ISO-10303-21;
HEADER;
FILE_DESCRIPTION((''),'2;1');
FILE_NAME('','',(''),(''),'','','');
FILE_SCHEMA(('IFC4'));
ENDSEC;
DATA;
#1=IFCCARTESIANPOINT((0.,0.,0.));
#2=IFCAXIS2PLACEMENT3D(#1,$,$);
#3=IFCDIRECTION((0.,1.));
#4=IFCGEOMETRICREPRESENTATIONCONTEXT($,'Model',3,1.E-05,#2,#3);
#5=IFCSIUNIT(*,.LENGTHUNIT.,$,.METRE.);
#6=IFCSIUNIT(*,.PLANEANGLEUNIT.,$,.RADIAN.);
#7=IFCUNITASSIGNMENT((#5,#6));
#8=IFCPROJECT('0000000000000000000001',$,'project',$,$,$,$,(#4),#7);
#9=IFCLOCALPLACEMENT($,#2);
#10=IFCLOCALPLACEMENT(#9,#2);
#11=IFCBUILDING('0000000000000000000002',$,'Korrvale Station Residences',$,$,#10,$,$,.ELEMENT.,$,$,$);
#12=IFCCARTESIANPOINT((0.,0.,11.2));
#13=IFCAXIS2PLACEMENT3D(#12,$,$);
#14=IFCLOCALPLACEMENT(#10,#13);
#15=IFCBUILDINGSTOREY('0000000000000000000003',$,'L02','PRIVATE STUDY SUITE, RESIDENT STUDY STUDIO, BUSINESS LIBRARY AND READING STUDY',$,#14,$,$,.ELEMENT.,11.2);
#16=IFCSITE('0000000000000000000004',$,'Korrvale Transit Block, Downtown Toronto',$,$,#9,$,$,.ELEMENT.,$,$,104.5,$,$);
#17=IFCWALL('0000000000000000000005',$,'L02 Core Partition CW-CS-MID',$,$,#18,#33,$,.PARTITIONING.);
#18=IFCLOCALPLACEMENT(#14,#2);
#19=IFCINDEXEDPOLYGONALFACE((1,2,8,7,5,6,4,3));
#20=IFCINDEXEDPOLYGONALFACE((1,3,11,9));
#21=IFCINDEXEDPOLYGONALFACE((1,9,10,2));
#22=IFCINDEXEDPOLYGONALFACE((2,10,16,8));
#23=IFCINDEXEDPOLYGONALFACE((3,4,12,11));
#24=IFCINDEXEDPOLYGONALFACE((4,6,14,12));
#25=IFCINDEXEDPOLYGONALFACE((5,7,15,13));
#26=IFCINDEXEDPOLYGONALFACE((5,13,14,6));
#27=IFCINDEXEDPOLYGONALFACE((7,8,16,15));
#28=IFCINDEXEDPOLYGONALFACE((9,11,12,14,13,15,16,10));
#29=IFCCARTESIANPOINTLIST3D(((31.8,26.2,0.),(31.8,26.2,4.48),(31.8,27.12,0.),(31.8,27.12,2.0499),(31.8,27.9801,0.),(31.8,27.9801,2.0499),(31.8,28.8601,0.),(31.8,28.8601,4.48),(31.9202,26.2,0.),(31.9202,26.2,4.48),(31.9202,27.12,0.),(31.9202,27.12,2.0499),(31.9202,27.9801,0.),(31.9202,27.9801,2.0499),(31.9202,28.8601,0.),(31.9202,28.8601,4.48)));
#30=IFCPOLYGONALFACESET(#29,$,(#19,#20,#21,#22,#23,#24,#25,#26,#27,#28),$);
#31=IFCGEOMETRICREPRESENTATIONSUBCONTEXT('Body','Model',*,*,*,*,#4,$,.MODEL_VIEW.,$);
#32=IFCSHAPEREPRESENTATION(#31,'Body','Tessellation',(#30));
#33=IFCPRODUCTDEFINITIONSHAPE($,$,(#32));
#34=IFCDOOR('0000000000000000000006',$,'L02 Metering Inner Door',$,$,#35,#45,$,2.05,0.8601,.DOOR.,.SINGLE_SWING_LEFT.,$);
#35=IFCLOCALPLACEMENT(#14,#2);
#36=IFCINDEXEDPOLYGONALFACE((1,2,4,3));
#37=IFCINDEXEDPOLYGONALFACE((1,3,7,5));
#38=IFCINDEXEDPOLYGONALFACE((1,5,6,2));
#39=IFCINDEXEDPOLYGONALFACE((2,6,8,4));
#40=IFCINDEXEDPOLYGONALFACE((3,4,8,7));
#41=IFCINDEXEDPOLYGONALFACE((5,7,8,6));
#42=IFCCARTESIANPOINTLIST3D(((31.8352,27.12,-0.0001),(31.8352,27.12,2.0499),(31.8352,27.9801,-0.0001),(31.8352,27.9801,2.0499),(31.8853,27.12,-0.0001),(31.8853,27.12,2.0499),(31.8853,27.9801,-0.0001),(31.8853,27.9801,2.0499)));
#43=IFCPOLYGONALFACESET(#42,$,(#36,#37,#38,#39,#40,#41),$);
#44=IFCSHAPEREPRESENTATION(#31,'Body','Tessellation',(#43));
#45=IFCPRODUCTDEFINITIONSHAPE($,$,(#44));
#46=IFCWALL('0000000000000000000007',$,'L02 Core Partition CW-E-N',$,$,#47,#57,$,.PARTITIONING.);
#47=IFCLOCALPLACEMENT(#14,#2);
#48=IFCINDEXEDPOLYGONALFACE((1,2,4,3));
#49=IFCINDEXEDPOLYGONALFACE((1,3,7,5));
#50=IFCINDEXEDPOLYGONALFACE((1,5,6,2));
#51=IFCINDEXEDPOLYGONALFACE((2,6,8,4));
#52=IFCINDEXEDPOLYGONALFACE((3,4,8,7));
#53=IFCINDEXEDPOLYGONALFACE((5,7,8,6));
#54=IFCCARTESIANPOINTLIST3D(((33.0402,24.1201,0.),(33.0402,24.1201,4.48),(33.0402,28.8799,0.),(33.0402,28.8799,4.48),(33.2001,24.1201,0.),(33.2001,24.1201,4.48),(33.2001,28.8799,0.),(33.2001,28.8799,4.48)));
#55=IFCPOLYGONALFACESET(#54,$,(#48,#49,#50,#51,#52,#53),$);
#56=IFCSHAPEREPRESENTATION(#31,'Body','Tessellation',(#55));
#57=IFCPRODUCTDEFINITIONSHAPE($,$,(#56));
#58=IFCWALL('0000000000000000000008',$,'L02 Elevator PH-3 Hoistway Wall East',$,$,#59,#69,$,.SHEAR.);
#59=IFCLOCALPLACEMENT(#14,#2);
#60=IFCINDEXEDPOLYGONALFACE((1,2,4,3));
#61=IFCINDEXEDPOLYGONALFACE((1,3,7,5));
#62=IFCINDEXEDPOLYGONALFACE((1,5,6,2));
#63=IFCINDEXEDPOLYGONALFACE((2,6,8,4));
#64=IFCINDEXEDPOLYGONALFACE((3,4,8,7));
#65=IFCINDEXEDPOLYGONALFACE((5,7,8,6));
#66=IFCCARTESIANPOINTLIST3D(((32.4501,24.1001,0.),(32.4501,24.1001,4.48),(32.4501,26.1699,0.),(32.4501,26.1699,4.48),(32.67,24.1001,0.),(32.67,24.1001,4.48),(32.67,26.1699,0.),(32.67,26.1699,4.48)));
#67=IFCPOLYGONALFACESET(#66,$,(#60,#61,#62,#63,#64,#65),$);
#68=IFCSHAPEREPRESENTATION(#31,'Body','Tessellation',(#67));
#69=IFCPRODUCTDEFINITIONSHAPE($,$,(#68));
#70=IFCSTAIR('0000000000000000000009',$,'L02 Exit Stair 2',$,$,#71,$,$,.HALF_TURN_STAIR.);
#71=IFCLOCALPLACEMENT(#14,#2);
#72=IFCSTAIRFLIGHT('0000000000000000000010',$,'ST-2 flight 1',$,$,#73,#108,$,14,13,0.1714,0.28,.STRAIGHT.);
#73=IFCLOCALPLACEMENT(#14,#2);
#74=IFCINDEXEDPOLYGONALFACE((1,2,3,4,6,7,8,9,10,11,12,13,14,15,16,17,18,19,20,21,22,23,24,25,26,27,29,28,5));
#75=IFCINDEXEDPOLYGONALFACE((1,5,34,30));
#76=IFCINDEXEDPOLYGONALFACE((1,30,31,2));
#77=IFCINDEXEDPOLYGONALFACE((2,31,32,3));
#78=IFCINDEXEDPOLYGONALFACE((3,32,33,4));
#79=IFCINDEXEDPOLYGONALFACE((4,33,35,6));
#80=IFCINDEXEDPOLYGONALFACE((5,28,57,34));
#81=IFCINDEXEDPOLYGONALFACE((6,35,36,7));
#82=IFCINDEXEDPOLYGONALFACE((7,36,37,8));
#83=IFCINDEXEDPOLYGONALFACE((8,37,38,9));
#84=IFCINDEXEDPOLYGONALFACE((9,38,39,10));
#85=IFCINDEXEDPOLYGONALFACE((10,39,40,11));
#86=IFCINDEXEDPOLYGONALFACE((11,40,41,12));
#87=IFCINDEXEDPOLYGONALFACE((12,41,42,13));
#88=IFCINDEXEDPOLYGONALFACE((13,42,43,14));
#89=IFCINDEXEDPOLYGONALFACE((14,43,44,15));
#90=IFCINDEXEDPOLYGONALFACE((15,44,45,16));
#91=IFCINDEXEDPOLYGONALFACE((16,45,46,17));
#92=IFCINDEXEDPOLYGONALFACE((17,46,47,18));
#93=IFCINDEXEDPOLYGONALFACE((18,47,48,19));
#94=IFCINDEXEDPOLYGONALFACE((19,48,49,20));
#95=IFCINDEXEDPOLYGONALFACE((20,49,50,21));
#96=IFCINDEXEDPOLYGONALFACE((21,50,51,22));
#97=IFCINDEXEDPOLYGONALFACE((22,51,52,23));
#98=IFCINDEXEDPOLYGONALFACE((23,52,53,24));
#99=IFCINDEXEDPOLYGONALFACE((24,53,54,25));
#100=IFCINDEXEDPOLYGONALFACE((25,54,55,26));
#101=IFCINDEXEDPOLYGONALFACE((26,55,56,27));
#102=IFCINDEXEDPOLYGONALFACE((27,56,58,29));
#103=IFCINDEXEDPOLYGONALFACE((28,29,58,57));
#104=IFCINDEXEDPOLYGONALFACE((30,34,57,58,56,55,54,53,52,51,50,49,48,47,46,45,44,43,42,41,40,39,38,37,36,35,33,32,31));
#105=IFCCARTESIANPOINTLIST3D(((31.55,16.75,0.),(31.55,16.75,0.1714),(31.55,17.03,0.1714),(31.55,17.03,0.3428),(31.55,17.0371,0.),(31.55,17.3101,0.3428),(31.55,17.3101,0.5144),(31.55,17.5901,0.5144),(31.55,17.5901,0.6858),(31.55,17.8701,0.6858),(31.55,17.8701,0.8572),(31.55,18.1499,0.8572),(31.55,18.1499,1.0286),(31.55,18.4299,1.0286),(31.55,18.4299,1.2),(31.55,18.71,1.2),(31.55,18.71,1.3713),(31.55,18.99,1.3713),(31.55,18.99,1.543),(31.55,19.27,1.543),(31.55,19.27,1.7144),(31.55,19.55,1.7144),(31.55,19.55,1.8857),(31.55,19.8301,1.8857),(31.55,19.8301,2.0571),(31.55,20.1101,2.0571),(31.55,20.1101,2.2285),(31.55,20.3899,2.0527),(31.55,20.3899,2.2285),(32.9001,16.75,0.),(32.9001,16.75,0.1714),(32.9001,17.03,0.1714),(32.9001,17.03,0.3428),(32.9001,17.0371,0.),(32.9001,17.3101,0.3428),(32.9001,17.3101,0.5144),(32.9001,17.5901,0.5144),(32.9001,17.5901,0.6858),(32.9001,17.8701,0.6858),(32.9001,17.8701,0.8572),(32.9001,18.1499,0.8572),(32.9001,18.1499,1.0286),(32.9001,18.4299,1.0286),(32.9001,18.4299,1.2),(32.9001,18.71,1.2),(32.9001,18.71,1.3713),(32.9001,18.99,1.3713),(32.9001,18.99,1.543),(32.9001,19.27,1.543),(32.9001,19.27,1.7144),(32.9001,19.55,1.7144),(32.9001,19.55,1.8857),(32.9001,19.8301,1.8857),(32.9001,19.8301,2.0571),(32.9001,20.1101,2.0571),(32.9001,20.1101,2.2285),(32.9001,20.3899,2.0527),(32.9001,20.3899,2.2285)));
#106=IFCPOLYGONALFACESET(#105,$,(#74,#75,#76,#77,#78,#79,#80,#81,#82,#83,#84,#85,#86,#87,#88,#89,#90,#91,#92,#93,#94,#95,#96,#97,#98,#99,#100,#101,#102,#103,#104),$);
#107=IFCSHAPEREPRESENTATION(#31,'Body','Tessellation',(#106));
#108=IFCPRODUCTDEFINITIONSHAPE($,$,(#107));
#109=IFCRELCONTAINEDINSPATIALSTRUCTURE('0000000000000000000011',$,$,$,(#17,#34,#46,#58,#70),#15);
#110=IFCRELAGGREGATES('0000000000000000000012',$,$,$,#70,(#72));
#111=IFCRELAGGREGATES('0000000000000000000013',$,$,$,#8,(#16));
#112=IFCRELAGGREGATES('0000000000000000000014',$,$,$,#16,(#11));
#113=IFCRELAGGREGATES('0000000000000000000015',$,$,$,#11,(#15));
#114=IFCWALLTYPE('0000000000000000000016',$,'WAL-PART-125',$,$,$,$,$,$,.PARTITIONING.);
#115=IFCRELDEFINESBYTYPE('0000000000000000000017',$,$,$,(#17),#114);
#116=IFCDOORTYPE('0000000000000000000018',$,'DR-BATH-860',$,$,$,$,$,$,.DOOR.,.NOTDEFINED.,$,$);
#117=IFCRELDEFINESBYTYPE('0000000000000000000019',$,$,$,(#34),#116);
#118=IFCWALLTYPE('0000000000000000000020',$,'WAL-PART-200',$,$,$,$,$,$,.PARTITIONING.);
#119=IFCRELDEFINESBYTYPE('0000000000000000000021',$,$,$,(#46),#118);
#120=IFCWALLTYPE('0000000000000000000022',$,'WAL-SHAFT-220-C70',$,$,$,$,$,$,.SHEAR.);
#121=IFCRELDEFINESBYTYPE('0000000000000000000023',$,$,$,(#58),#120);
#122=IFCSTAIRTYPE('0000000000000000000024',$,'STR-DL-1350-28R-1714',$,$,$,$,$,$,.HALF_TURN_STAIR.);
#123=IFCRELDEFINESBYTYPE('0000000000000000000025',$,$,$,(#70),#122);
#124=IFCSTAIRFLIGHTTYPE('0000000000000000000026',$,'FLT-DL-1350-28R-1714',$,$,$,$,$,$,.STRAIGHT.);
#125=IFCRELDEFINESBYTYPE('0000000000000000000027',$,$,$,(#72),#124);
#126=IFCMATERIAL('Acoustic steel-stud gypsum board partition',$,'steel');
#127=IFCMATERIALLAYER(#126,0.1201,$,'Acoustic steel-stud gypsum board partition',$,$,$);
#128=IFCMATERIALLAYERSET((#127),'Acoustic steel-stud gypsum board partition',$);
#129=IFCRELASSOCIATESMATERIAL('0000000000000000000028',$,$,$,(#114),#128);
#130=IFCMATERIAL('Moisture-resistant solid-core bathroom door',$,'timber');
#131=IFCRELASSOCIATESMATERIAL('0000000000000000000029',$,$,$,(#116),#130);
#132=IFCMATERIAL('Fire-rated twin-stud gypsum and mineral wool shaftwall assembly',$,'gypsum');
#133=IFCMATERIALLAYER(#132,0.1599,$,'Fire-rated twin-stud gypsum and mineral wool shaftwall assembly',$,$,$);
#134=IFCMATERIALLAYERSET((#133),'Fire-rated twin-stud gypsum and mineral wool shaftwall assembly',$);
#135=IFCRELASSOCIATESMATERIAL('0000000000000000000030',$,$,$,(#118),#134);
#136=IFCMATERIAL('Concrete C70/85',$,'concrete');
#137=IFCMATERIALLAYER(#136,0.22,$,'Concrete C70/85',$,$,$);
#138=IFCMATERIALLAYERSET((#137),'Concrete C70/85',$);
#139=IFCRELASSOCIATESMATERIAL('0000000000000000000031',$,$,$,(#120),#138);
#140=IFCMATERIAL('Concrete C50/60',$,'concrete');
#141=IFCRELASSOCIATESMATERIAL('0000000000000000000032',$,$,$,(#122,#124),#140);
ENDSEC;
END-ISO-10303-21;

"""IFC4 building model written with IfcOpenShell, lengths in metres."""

from ifc_helpers import new_model, si_unit, direction, frame, frame_2d, origin, place, context, subcontext, project, spatial, polyline, rectangle, outline, extrude, material, layer, layer_set, type_object, element, fill, aggregate, save


model = new_model("IFC4")

# Units and contexts
model_context = context("Model", 3, precision=1e-05, world=origin(), true_north=direction((0.0, 1.0)))
body_context = subcontext(model_context, "Body", "Model", "MODEL_VIEW")
ifc_project = project(units=[si_unit("LENGTHUNIT", "METRE"), si_unit("PLANEANGLEUNIT", "RADIAN")], contexts=[model_context])

# Site, building, storey
site_placement = place(None, origin())
site = spatial("IfcSite", under=ifc_project, at=site_placement, Name="Korrvale Transit Block, Downtown Toronto", CompositionType="ELEMENT", RefElevation=104.5)
building_placement = place(site_placement, origin())
building = spatial("IfcBuilding", under=site, at=building_placement, Name="Korrvale Station Residences", CompositionType="ELEMENT")
storey_placement = place(building_placement, frame((0.0, 0.0, 11.2)))
storey = spatial("IfcBuildingStorey", under=building, at=storey_placement, Name="L02", Description="PRIVATE STUDY SUITE, RESIDENT STUDY STUDIO, BUSINESS LIBRARY AND READING STUDY", CompositionType="ELEMENT", Elevation=11.2)

# Shared definitions
ifc_material_1 = material(Name="Concrete C70/85", Category="concrete")

# Shared definitions
ifc_material_2 = material(Name="Acoustic steel-stud gypsum board partition", Category="steel")
ifc_layer_1 = layer(ifc_material_2, 0.1201, Name="Acoustic steel-stud gypsum board partition")
ifc_layer_set_1 = layer_set([ifc_layer_1], Name="Acoustic steel-stud gypsum board partition")
wall_type_1 = type_object("IfcWallType", Name="WAL-PART-125", PredefinedType="PARTITIONING", material=ifc_layer_set_1)

# Wall, opening, door
wall_1_placement = place(storey_placement, frame((31.8601, 26.2, 0.0), z_axis=(0.0, 0.0, 1.0), x_axis=(0.0, 1.0, 0.0)))
wall_1 = element("IfcWall", 1, at=wall_1_placement, inside=storey, type_object=wall_type_1, Name="L02 Core Partition CW-CS-MID", PredefinedType="PARTITIONING", context=body_context, shape_type="SweptSolid", body=[
    extrude(rectangle(XDim=2.6602, YDim=0.1201, at=frame_2d((1.3301, 0.0))), origin(), (0.0, 0.0, 1.0), 4.48),
])
opening_placement = place(wall_1_placement, frame((0.9199, 0.0, 0.0)))
opening = element("IfcOpeningElement", 2, at=opening_placement, cuts=wall_1, PredefinedType="OPENING", context=body_context, shape_type="SweptSolid", body=[
    extrude(rectangle(XDim=0.8601, YDim=2.05, at=frame_2d((0.4302, 1.0249))), frame((0.0, 0.0701, 0.0), z_axis=(0.0, -1.0, 0.0), x_axis=(1.0, 0.0, 0.0)), (0.0, 0.0, 1.0), 0.1401),
])
ifc_material_3 = material(Name="Moisture-resistant solid-core bathroom door", Category="timber")
door_type = type_object("IfcDoorType", Name="DR-BATH-860", OperationType="NOTDEFINED", PredefinedType="DOOR", material=ifc_material_3)
door_placement = place(opening_placement, origin())
door = element("IfcDoor", 3, at=door_placement, inside=storey, type_object=door_type, Name="L02 Metering Inner Door", OperationType="SINGLE_SWING_LEFT", OverallHeight=2.05, OverallWidth=0.8601, PredefinedType="DOOR", context=body_context, shape_type="SweptSolid", body=[
    extrude(rectangle(XDim=0.8601, YDim=2.05, at=frame_2d((0.4302, 1.0249))), frame((0.0, 0.0249, 0.0), z_axis=(0.0, -1.0, 0.0), x_axis=(1.0, 0.0, 0.0)), (0.0, 0.0, 1.0), 0.05),
])
fill(opening, door)

# Walls
ifc_material_4 = material(Name="Fire-rated twin-stud gypsum and mineral wool shaftwall assembly", Category="gypsum")
ifc_layer_2 = layer(ifc_material_4, 0.1599, Name="Fire-rated twin-stud gypsum and mineral wool shaftwall assembly")
ifc_layer_set_2 = layer_set([ifc_layer_2], Name="Fire-rated twin-stud gypsum and mineral wool shaftwall assembly")
wall_type_2 = type_object("IfcWallType", Name="WAL-PART-200", PredefinedType="PARTITIONING", material=ifc_layer_set_2)
wall_2_placement = place(storey_placement, frame((33.1201, 24.1201, 0.0), z_axis=(0.0, 0.0, 1.0), x_axis=(0.0, 1.0, 0.0)))
element("IfcWall", 4, at=wall_2_placement, inside=storey, type_object=wall_type_2, Name="L02 Core Partition CW-E-N", PredefinedType="PARTITIONING", context=body_context, shape_type="SweptSolid", body=[
    extrude(rectangle(XDim=4.7598, YDim=0.1599, at=frame_2d((2.3799, 0.0))), origin(), (0.0, 0.0, 1.0), 4.48),
])
ifc_layer_3 = layer(ifc_material_1, 0.22, Name="Concrete C70/85")
ifc_layer_set_3 = layer_set([ifc_layer_3], Name="Concrete C70/85")
wall_type_3 = type_object("IfcWallType", Name="WAL-SHAFT-220-C70", PredefinedType="SHEAR", material=ifc_layer_set_3)
wall_3_placement = place(storey_placement, frame((32.5601, 24.1001, 0.0), z_axis=(0.0, 0.0, 1.0), x_axis=(0.0, 1.0, 0.0)))
element("IfcWall", 5, at=wall_3_placement, inside=storey, type_object=wall_type_3, Name="L02 Elevator PH-3 Hoistway Wall East", PredefinedType="SHEAR", context=body_context, shape_type="SweptSolid", body=[
    extrude(rectangle(XDim=2.0698, YDim=0.22, at=frame_2d((1.0349, 0.0))), origin(), (0.0, 0.0, 1.0), 4.48),
])

# Stair, stair flight
ifc_material_5 = material(Name="Concrete C50/60", Category="concrete")
stair_type = type_object("IfcStairType", Name="STR-DL-1350-28R-1714", PredefinedType="HALF_TURN_STAIR", material=ifc_material_5)
stair_placement = place(storey_placement, origin())
stair = element("IfcStair", 6, at=stair_placement, inside=storey, type_object=stair_type, Name="L02 Exit Stair 2", PredefinedType="HALF_TURN_STAIR")
stair_flight_type = type_object("IfcStairFlightType", Name="FLT-DL-1350-28R-1714", PredefinedType="STRAIGHT", material=ifc_material_5)
stair_flight_placement = place(storey_placement, frame((32.2251, 16.75, 0.0), z_axis=(0.0, 0.0, 1.0), x_axis=(0.0, 1.0, 0.0)))
stair_flight = element("IfcStairFlight", 7, at=stair_flight_placement, type_object=stair_flight_type, Name="ST-2 flight 1", NumberOfRisers=14, NumberOfTreads=13, PredefinedType="STRAIGHT", RiserHeight=0.1714, TreadLength=0.28, context=body_context, shape_type="SweptSolid", body=[
    extrude(outline(polyline([(0.0, 0.0), (0.0, 0.1714), (0.28, 0.1714), (0.28, 0.3428), (0.5601, 0.3428), (0.5601, 0.5144), (0.8401, 0.5144), (0.8401, 0.6858), (1.1201, 0.6858), (1.1201, 0.8572), (1.3999, 0.8572), (1.3999, 1.0286), (1.6799, 1.0286), (1.6799, 1.2), (1.96, 1.2), (1.96, 1.3713), (2.24, 1.3713), (2.24, 1.543), (2.52, 1.543), (2.52, 1.7144), (2.8, 1.7144), (2.8, 1.8857), (3.0801, 1.8857), (3.0801, 2.0571), (3.3601, 2.0571), (3.3601, 2.2285), (3.6399, 2.2285), (3.6399, 2.3999), (3.6399, 2.0527), (0.2871, 0.0), (0.0, 0.0)])), frame((0.0, 0.675, 0.0), z_axis=(0.0, -1.0, 0.0), x_axis=(1.0, 0.0, 0.0)), (0.0, 0.0, 1.0), 1.3501),
])
aggregate(stair, [stair_flight])

save(model, "model.ifc")
